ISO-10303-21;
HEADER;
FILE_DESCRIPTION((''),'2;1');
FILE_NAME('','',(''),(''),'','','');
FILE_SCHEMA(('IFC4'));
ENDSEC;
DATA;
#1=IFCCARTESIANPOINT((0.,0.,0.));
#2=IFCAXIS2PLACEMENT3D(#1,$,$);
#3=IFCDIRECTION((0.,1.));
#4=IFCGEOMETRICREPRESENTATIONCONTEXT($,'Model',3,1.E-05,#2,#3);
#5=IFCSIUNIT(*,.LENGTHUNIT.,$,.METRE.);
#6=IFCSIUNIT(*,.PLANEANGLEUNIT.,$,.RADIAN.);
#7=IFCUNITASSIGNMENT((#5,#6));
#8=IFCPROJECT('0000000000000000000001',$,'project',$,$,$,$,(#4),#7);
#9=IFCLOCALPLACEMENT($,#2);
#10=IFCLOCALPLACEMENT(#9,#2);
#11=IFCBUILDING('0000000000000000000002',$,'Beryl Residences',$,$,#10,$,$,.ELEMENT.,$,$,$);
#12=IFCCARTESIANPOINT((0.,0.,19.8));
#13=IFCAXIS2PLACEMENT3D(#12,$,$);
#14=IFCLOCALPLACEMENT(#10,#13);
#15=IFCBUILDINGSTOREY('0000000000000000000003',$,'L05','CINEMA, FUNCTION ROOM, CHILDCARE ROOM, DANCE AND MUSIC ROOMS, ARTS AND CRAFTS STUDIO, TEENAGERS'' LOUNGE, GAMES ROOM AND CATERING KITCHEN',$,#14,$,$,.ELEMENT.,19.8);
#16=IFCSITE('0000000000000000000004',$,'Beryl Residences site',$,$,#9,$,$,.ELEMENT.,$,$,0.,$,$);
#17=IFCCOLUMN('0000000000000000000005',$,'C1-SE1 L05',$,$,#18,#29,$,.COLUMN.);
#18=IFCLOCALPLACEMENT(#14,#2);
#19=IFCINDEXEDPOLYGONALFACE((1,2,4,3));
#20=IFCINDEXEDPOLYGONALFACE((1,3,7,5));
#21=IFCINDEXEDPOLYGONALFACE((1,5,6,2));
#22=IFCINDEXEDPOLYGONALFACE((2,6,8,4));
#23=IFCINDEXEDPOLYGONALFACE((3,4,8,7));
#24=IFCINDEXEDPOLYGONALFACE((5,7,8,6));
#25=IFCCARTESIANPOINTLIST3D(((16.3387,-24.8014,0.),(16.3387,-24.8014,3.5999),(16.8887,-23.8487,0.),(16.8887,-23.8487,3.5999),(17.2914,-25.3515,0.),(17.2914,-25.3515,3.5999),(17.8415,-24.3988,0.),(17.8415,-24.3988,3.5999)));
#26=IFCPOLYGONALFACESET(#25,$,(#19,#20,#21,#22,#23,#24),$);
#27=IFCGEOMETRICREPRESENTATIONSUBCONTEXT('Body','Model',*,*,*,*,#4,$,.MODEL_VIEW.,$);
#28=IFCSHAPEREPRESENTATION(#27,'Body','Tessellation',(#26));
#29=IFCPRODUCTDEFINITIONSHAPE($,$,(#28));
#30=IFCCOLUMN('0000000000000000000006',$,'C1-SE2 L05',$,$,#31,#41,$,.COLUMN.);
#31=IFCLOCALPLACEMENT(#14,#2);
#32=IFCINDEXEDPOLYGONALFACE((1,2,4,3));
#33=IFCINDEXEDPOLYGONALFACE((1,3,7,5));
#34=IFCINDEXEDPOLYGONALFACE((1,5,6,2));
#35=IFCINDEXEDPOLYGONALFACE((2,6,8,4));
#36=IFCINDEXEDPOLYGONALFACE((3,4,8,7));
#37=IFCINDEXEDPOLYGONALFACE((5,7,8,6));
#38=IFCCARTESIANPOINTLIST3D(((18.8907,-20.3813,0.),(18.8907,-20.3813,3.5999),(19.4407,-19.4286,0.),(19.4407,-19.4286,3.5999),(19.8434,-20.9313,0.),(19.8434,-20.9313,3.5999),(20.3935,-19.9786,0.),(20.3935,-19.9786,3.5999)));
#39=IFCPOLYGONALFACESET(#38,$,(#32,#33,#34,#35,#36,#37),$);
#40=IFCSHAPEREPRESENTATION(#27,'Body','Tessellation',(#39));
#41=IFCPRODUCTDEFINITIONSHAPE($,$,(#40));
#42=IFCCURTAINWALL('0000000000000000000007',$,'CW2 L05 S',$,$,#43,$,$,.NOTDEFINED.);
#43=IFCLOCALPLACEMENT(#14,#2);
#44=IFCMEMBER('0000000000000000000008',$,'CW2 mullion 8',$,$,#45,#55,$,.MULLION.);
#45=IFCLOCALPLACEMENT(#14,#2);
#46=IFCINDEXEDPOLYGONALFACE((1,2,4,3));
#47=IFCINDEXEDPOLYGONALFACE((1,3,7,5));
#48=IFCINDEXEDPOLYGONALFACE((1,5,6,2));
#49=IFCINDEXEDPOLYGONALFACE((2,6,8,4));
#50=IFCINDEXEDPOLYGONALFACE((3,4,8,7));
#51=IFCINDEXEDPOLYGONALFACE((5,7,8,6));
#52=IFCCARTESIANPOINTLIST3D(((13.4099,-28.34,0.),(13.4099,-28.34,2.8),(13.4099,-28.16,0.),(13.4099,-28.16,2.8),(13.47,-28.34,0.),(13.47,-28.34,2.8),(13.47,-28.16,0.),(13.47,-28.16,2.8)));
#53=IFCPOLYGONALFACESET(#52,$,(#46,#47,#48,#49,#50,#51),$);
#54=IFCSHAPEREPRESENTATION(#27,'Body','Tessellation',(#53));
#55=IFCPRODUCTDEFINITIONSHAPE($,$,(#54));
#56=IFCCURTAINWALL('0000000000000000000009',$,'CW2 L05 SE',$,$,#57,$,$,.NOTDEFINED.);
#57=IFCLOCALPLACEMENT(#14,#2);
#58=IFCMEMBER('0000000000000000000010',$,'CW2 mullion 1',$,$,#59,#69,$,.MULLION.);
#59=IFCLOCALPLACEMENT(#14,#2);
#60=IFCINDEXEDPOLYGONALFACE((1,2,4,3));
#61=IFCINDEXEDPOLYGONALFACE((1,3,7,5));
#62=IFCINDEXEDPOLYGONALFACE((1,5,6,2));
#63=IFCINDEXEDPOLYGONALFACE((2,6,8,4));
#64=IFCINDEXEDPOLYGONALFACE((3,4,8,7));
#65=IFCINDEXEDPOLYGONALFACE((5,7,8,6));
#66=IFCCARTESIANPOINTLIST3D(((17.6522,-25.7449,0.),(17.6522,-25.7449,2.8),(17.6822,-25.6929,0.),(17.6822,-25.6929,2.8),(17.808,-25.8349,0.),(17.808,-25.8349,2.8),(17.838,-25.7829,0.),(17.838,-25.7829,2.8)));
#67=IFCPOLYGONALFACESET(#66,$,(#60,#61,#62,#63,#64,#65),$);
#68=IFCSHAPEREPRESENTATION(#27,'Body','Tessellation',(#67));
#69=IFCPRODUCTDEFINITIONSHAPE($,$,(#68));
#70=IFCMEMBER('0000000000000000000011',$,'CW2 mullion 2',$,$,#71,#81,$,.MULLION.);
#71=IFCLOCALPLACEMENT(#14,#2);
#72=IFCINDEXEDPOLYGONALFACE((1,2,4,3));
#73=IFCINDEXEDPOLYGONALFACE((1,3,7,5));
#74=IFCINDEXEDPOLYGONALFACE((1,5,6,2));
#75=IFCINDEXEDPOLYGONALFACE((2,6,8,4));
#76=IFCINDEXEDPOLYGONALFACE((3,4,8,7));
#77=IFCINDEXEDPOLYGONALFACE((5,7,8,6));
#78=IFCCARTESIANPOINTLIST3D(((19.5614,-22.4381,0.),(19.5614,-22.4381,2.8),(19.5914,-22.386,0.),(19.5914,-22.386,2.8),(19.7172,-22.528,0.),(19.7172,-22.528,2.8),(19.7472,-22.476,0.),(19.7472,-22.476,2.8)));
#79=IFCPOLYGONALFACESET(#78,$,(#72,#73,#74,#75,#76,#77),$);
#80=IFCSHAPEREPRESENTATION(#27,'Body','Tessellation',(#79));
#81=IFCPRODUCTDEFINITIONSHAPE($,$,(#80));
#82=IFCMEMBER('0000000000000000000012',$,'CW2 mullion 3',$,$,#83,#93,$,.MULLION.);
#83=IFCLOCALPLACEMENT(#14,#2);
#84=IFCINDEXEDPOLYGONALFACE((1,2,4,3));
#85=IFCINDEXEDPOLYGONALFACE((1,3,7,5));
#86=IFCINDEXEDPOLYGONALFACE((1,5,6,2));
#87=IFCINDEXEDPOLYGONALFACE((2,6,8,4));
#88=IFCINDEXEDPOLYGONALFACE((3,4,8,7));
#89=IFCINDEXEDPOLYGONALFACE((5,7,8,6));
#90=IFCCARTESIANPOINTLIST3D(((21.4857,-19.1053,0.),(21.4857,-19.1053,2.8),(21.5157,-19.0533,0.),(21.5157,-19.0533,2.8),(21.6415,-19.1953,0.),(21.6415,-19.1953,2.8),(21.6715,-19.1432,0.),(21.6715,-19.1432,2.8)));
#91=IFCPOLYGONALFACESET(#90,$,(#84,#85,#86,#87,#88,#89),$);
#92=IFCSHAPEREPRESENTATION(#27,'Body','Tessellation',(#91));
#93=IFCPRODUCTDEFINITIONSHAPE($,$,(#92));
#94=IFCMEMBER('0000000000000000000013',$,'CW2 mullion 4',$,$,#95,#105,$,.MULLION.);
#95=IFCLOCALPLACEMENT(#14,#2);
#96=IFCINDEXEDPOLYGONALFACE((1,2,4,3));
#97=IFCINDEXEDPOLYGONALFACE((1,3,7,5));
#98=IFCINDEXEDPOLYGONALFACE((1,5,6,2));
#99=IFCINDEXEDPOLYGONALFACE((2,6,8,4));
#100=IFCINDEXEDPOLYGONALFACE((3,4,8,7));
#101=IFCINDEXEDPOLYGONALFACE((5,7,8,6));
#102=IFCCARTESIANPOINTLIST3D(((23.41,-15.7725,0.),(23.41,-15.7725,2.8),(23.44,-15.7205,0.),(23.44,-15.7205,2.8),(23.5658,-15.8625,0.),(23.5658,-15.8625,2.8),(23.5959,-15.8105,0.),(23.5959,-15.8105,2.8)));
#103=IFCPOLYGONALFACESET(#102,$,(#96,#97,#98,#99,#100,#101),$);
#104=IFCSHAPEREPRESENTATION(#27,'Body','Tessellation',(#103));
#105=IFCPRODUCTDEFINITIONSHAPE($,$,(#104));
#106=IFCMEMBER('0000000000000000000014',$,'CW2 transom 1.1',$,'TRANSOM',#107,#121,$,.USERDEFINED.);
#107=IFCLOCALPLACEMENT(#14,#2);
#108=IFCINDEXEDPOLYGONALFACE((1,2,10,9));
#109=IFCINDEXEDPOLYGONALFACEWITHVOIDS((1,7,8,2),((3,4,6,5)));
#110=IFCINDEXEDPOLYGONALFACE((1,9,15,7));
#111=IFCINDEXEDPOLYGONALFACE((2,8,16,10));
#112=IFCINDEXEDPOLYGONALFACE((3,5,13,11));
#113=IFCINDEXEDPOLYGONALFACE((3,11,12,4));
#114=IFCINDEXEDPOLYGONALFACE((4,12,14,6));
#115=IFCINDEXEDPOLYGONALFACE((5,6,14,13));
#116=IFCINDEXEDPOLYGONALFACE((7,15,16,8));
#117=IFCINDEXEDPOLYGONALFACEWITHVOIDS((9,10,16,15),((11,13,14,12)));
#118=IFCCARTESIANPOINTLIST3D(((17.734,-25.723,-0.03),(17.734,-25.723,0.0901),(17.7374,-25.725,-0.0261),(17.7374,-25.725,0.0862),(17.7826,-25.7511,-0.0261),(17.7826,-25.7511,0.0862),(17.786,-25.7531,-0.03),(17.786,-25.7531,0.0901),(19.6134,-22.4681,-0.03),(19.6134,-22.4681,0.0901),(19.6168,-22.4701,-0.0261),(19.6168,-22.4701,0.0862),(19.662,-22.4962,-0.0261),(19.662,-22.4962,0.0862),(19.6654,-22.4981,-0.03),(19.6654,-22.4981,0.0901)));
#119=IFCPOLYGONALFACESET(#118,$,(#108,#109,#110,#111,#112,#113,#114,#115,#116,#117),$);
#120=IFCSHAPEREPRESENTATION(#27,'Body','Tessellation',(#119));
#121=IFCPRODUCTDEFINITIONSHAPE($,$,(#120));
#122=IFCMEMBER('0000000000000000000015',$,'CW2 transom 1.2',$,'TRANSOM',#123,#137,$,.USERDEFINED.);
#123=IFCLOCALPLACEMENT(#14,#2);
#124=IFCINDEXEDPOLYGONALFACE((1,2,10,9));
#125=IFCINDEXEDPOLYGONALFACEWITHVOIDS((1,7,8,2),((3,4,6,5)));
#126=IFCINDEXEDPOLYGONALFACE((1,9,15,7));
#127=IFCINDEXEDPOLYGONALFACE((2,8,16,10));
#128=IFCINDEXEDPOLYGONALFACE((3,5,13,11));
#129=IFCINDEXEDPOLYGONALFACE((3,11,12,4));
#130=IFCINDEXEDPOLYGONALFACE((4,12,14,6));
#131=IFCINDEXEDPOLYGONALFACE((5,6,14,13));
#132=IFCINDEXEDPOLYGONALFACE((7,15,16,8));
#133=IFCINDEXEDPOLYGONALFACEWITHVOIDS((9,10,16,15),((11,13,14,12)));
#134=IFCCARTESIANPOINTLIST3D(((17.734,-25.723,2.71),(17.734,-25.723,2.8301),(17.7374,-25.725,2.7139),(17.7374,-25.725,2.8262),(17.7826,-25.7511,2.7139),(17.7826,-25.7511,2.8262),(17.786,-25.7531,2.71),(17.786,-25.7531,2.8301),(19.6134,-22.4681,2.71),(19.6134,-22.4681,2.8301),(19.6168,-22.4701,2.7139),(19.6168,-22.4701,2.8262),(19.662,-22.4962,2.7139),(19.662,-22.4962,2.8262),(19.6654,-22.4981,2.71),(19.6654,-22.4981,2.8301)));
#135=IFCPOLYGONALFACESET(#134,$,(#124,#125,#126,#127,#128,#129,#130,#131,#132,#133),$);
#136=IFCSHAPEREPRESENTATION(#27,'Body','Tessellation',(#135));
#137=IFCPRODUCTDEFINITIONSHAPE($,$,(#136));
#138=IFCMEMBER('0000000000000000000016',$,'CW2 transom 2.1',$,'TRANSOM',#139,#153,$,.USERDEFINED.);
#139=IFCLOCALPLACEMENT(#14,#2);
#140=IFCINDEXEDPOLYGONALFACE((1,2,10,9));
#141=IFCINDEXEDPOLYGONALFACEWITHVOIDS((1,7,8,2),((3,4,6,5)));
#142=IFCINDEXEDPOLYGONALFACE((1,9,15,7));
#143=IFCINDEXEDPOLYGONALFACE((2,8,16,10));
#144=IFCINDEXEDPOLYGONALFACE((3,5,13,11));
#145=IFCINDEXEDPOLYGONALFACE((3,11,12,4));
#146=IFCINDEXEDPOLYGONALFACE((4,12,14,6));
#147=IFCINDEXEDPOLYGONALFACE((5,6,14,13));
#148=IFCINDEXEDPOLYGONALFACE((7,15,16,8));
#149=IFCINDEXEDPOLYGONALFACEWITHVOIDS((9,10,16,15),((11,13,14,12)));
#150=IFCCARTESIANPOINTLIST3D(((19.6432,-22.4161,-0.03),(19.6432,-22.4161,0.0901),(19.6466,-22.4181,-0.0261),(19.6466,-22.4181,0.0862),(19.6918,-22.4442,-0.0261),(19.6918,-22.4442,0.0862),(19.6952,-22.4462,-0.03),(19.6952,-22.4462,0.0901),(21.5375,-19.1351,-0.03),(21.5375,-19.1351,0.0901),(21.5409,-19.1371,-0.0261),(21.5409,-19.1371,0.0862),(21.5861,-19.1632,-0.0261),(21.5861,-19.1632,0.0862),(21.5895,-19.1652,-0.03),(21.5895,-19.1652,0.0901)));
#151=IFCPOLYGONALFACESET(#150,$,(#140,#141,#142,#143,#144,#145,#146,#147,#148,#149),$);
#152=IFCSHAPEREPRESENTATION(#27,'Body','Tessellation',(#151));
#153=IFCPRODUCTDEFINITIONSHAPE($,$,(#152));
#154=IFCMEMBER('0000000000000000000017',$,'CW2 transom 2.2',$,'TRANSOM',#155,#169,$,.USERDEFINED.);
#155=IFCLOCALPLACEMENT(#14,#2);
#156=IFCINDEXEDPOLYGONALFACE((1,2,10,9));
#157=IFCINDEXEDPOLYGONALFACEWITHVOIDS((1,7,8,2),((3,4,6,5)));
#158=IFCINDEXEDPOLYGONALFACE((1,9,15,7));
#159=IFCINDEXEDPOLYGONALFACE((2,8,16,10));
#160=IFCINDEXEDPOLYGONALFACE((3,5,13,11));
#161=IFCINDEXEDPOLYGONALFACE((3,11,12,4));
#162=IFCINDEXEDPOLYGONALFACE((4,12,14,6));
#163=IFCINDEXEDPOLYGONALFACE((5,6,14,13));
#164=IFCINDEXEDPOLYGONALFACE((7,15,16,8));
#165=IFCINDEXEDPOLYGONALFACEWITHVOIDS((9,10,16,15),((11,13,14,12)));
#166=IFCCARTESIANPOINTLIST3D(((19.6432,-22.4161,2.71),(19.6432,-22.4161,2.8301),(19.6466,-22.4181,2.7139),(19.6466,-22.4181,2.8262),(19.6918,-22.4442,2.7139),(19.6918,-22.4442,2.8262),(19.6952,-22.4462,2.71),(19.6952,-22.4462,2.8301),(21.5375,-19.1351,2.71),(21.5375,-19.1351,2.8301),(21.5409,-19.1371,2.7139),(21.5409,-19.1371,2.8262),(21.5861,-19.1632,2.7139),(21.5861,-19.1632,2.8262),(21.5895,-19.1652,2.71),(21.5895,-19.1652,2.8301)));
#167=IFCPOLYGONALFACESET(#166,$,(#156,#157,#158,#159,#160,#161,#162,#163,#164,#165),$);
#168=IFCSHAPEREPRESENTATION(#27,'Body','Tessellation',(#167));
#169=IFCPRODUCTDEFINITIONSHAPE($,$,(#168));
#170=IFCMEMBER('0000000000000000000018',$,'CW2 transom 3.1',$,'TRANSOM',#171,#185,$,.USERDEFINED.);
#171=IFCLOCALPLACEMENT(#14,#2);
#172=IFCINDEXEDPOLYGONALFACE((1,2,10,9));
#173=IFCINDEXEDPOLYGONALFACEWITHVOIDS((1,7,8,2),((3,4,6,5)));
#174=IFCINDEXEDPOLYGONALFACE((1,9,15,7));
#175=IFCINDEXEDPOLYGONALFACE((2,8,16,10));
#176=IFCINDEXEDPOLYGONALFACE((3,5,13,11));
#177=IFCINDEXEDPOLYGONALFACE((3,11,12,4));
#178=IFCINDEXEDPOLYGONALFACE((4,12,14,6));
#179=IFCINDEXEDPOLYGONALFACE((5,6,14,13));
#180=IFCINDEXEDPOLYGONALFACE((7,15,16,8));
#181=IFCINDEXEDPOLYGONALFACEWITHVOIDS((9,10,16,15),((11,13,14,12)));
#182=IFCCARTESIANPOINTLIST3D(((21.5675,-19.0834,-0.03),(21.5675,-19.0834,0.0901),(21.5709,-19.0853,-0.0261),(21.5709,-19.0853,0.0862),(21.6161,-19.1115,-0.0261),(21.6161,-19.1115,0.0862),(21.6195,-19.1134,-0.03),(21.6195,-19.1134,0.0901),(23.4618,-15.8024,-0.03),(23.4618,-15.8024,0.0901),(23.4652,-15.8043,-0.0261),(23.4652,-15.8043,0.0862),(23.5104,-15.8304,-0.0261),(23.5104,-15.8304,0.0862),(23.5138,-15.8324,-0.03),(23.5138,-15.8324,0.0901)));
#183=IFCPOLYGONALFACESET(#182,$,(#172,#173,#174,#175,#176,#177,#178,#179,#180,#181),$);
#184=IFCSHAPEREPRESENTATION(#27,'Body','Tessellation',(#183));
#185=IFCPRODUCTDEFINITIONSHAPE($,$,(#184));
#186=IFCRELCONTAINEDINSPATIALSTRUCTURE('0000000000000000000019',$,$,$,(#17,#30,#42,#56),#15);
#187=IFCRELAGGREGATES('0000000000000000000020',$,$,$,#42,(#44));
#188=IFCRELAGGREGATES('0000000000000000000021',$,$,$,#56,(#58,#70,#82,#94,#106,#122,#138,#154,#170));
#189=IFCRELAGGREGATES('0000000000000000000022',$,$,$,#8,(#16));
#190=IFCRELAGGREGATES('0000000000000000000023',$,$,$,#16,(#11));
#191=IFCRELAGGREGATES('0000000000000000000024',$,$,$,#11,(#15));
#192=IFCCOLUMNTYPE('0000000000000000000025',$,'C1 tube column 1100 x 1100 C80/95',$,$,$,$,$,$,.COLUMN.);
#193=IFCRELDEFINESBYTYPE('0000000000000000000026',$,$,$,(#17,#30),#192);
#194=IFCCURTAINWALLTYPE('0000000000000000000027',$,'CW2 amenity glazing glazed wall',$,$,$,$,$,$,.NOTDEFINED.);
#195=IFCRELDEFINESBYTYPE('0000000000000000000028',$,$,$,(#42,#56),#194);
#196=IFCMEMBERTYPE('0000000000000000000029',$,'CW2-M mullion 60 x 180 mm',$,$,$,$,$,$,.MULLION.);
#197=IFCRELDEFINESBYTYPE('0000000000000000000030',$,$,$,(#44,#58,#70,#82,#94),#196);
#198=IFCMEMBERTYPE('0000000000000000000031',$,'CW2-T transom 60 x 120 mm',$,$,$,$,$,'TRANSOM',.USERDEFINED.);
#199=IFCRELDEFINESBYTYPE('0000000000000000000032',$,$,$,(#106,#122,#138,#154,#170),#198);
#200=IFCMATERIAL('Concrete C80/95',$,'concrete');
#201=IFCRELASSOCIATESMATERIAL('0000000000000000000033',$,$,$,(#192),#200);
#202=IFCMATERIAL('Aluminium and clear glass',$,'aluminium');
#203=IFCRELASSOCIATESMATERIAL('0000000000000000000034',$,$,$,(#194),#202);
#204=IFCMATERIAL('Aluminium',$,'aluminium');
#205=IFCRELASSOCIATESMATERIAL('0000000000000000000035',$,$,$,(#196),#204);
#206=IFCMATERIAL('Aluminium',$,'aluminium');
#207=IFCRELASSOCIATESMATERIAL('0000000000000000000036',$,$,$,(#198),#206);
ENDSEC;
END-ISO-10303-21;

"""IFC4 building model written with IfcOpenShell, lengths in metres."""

from ifc_helpers import new_model, si_unit, direction, frame, origin, origin_2d, place, context, subcontext, project, spatial, rectangle, hollow_rectangle, extrude, material, material_profile, profile_set, type_object, element, aggregate, save


model = new_model("IFC4")

# Units and contexts
model_context = context("Model", 3, precision=1e-05, world=origin(), true_north=direction((0.0, 1.0)))
body_context = subcontext(model_context, "Body", "Model", "MODEL_VIEW")
ifc_project = project(units=[si_unit("LENGTHUNIT", "METRE"), si_unit("PLANEANGLEUNIT", "RADIAN")], contexts=[model_context])

# Site, building, storey
site_placement = place(None, origin())
site = spatial("IfcSite", under=ifc_project, at=site_placement, Name="Beryl Residences site", CompositionType="ELEMENT", RefElevation=0.0)
building_placement = place(site_placement, origin())
building = spatial("IfcBuilding", under=site, at=building_placement, Name="Beryl Residences", CompositionType="ELEMENT")
storey_placement = place(building_placement, frame((0.0, 0.0, 19.8)))
storey = spatial("IfcBuildingStorey", under=building, at=storey_placement, Name="L05", Description="CINEMA, FUNCTION ROOM, CHILDCARE ROOM, DANCE AND MUSIC ROOMS, ARTS AND CRAFTS STUDIO, TEENAGERS' LOUNGE, GAMES ROOM AND CATERING KITCHEN", CompositionType="ELEMENT", Elevation=19.8)

# Columns
ifc_material_1 = material(Name="Concrete C80/95", Category="concrete")
ifc_material_profile_1 = material_profile(ifc_material_1, rectangle(XDim=1.1001, YDim=1.1001, at=origin_2d()))
ifc_profile_set_1 = profile_set([ifc_material_profile_1], Name="Concrete C80/95")
column_type = type_object("IfcColumnType", Name="C1 tube column 1100 x 1100 C80/95", PredefinedType="COLUMN", material=ifc_profile_set_1)
for number, where, z_axis, x_axis, name in (
    (1, (17.0901, -24.6001, 0.0), (0.0, 0.0, 1.0), (0.499985, 0.866034, 0.0), "C1-SE1 L05"),
    (2, (19.6421, -20.1799, 0.0), (0.0, 0.0, 1.0), (0.499985, 0.866034, 0.0), "C1-SE2 L05"),
):
    element("IfcColumn", number, at=place(storey_placement, frame(where, z_axis=z_axis, x_axis=x_axis)), inside=storey, type_object=column_type, Name=name, PredefinedType="COLUMN", context=body_context, shape_type="SweptSolid", body=[
        extrude(rectangle(XDim=1.1001, YDim=1.1001, at=origin_2d()), origin(), (0.0, 0.0, 1.0), 3.5999),
    ])

# Curtain wall, member
ifc_material_2 = material(Name="Aluminium and clear glass", Category="aluminium")
curtain_wall_type = type_object("IfcCurtainWallType", Name="CW2 amenity glazing glazed wall", PredefinedType="NOTDEFINED", material=ifc_material_2)
curtain_wall_1_placement = place(storey_placement, origin())
curtain_wall_1 = element("IfcCurtainWall", 3, at=curtain_wall_1_placement, inside=storey, type_object=curtain_wall_type, Name="CW2 L05 S", PredefinedType="NOTDEFINED")
ifc_material_3 = material(Name="Aluminium", Category="aluminium")
ifc_material_profile_2 = material_profile(ifc_material_3, rectangle(XDim=0.0601, YDim=0.1799, at=origin_2d()))
ifc_profile_set_2 = profile_set([ifc_material_profile_2], Name="Aluminium")
member_type_1 = type_object("IfcMemberType", Name="CW2-M mullion 60 x 180 mm", PredefinedType="MULLION", material=ifc_profile_set_2)
member_1_placement = place(storey_placement, frame((13.4399, -28.25, 0.0), z_axis=(0.0, 0.0, 1.0), x_axis=(1.0, 0.0, 0.0)))
member_1 = element("IfcMember", 4, at=member_1_placement, type_object=member_type_1, Name="CW2 mullion 8", PredefinedType="MULLION", context=body_context, shape_type="SweptSolid", body=[
    extrude(rectangle(XDim=0.0601, YDim=0.1799, at=origin_2d()), origin(), (0.0, 0.0, 1.0), 2.8),
])
aggregate(curtain_wall_1, [member_1])

# Curtain wall, members
curtain_wall_2_placement = place(storey_placement, origin())
curtain_wall_2 = element("IfcCurtainWall", 5, at=curtain_wall_2_placement, inside=storey, type_object=curtain_wall_type, Name="CW2 L05 SE", PredefinedType="NOTDEFINED")
member_2_placement = place(storey_placement, frame((17.7451, -25.7639, 0.0), z_axis=(0.0, 0.0, 1.0), x_axis=(0.500012, 0.866019, 0.0)))
member_2 = element("IfcMember", 6, at=member_2_placement, type_object=member_type_1, Name="CW2 mullion 1", PredefinedType="MULLION", context=body_context, shape_type="SweptSolid", body=[
    extrude(rectangle(XDim=0.0601, YDim=0.1799, at=origin_2d()), origin(), (0.0, 0.0, 1.0), 2.8),
])
member_3_placement = place(storey_placement, frame((19.6543, -22.457, 0.0), z_axis=(0.0, 0.0, 1.0), x_axis=(0.500012, 0.866019, 0.0)))
member_3 = element("IfcMember", 7, at=member_3_placement, type_object=member_type_1, Name="CW2 mullion 2", PredefinedType="MULLION", context=body_context, shape_type="SweptSolid", body=[
    extrude(rectangle(XDim=0.0601, YDim=0.1799, at=origin_2d()), origin(), (0.0, 0.0, 1.0), 2.8),
])
member_4_placement = place(storey_placement, frame((21.5786, -19.1243, 0.0), z_axis=(0.0, 0.0, 1.0), x_axis=(0.500012, 0.866019, 0.0)))
member_4 = element("IfcMember", 8, at=member_4_placement, type_object=member_type_1, Name="CW2 mullion 3", PredefinedType="MULLION", context=body_context, shape_type="SweptSolid", body=[
    extrude(rectangle(XDim=0.0601, YDim=0.1799, at=origin_2d()), origin(), (0.0, 0.0, 1.0), 2.8),
])
member_5_placement = place(storey_placement, frame((23.5029, -15.7915, 0.0), z_axis=(0.0, 0.0, 1.0), x_axis=(0.500012, 0.866019, 0.0)))
member_5 = element("IfcMember", 9, at=member_5_placement, type_object=member_type_1, Name="CW2 mullion 4", PredefinedType="MULLION", context=body_context, shape_type="SweptSolid", body=[
    extrude(rectangle(XDim=0.0601, YDim=0.1799, at=origin_2d()), origin(), (0.0, 0.0, 1.0), 2.8),
])
ifc_material_4 = material(Name="Aluminium", Category="aluminium")
ifc_material_profile_3 = material_profile(ifc_material_4, hollow_rectangle(XDim=0.0601, YDim=0.1201, WallThickness=0.0039, at=origin_2d()))
ifc_profile_set_3 = profile_set([ifc_material_profile_3], Name="Aluminium")
member_type_2 = type_object("IfcMemberType", Name="CW2-T transom 60 x 120 mm", ElementType="TRANSOM", PredefinedType="USERDEFINED", material=ifc_profile_set_3)
member_6_placement = place(storey_placement, frame((17.76, -25.738, 0.03), z_axis=(0.500037, 0.866004, 0.0), x_axis=(-0.866004, 0.500037, 0.0)))
member_6 = element("IfcMember", 10, at=member_6_placement, type_object=member_type_2, Name="CW2 transom 1.1", ObjectType="TRANSOM", PredefinedType="USERDEFINED", context=body_context, shape_type="SweptSolid", body=[
    extrude(hollow_rectangle(XDim=0.0601, YDim=0.1201, WallThickness=0.0039, at=origin_2d()), origin(), (0.0, 0.0, 1.0), 3.7585),
])
member_7_placement = place(storey_placement, frame((17.76, -25.738, 2.77), z_axis=(0.500037, 0.866004, 0.0), x_axis=(-0.866004, 0.500037, 0.0)))
member_7 = element("IfcMember", 11, at=member_7_placement, type_object=member_type_2, Name="CW2 transom 1.2", ObjectType="TRANSOM", PredefinedType="USERDEFINED", context=body_context, shape_type="SweptSolid", body=[
    extrude(hollow_rectangle(XDim=0.0601, YDim=0.1201, WallThickness=0.0039, at=origin_2d()), origin(), (0.0, 0.0, 1.0), 3.7585),
])
member_8_placement = place(storey_placement, frame((19.6692, -22.4312, 0.03), z_axis=(0.5, 0.866026, 0.0), x_axis=(-0.866026, 0.5, 0.0)))
member_8 = element("IfcMember", 12, at=member_8_placement, type_object=member_type_2, Name="CW2 transom 2.1", ObjectType="TRANSOM", PredefinedType="USERDEFINED", context=body_context, shape_type="SweptSolid", body=[
    extrude(hollow_rectangle(XDim=0.0601, YDim=0.1201, WallThickness=0.0039, at=origin_2d()), origin(), (0.0, 0.0, 1.0), 3.7886),
])
member_9_placement = place(storey_placement, frame((19.6692, -22.4312, 2.77), z_axis=(0.5, 0.866026, 0.0), x_axis=(-0.866026, 0.5, 0.0)))
member_9 = element("IfcMember", 13, at=member_9_placement, type_object=member_type_2, Name="CW2 transom 2.2", ObjectType="TRANSOM", PredefinedType="USERDEFINED", context=body_context, shape_type="SweptSolid", body=[
    extrude(hollow_rectangle(XDim=0.0601, YDim=0.1201, WallThickness=0.0039, at=origin_2d()), origin(), (0.0, 0.0, 1.0), 3.7886),
])
member_10_placement = place(storey_placement, frame((21.5935, -19.0984, 0.03), z_axis=(0.5, 0.866026, 0.0), x_axis=(-0.866026, 0.5, 0.0)))
member_10 = element("IfcMember", 14, at=member_10_placement, type_object=member_type_2, Name="CW2 transom 3.1", ObjectType="TRANSOM", PredefinedType="USERDEFINED", context=body_context, shape_type="SweptSolid", body=[
    extrude(hollow_rectangle(XDim=0.0601, YDim=0.1201, WallThickness=0.0039, at=origin_2d()), origin(), (0.0, 0.0, 1.0), 3.7886),
])

aggregate(curtain_wall_2, [member_2, member_3, member_4, member_5, member_6, member_7, member_8, member_9, member_10])

save(model, "model.ifc")
